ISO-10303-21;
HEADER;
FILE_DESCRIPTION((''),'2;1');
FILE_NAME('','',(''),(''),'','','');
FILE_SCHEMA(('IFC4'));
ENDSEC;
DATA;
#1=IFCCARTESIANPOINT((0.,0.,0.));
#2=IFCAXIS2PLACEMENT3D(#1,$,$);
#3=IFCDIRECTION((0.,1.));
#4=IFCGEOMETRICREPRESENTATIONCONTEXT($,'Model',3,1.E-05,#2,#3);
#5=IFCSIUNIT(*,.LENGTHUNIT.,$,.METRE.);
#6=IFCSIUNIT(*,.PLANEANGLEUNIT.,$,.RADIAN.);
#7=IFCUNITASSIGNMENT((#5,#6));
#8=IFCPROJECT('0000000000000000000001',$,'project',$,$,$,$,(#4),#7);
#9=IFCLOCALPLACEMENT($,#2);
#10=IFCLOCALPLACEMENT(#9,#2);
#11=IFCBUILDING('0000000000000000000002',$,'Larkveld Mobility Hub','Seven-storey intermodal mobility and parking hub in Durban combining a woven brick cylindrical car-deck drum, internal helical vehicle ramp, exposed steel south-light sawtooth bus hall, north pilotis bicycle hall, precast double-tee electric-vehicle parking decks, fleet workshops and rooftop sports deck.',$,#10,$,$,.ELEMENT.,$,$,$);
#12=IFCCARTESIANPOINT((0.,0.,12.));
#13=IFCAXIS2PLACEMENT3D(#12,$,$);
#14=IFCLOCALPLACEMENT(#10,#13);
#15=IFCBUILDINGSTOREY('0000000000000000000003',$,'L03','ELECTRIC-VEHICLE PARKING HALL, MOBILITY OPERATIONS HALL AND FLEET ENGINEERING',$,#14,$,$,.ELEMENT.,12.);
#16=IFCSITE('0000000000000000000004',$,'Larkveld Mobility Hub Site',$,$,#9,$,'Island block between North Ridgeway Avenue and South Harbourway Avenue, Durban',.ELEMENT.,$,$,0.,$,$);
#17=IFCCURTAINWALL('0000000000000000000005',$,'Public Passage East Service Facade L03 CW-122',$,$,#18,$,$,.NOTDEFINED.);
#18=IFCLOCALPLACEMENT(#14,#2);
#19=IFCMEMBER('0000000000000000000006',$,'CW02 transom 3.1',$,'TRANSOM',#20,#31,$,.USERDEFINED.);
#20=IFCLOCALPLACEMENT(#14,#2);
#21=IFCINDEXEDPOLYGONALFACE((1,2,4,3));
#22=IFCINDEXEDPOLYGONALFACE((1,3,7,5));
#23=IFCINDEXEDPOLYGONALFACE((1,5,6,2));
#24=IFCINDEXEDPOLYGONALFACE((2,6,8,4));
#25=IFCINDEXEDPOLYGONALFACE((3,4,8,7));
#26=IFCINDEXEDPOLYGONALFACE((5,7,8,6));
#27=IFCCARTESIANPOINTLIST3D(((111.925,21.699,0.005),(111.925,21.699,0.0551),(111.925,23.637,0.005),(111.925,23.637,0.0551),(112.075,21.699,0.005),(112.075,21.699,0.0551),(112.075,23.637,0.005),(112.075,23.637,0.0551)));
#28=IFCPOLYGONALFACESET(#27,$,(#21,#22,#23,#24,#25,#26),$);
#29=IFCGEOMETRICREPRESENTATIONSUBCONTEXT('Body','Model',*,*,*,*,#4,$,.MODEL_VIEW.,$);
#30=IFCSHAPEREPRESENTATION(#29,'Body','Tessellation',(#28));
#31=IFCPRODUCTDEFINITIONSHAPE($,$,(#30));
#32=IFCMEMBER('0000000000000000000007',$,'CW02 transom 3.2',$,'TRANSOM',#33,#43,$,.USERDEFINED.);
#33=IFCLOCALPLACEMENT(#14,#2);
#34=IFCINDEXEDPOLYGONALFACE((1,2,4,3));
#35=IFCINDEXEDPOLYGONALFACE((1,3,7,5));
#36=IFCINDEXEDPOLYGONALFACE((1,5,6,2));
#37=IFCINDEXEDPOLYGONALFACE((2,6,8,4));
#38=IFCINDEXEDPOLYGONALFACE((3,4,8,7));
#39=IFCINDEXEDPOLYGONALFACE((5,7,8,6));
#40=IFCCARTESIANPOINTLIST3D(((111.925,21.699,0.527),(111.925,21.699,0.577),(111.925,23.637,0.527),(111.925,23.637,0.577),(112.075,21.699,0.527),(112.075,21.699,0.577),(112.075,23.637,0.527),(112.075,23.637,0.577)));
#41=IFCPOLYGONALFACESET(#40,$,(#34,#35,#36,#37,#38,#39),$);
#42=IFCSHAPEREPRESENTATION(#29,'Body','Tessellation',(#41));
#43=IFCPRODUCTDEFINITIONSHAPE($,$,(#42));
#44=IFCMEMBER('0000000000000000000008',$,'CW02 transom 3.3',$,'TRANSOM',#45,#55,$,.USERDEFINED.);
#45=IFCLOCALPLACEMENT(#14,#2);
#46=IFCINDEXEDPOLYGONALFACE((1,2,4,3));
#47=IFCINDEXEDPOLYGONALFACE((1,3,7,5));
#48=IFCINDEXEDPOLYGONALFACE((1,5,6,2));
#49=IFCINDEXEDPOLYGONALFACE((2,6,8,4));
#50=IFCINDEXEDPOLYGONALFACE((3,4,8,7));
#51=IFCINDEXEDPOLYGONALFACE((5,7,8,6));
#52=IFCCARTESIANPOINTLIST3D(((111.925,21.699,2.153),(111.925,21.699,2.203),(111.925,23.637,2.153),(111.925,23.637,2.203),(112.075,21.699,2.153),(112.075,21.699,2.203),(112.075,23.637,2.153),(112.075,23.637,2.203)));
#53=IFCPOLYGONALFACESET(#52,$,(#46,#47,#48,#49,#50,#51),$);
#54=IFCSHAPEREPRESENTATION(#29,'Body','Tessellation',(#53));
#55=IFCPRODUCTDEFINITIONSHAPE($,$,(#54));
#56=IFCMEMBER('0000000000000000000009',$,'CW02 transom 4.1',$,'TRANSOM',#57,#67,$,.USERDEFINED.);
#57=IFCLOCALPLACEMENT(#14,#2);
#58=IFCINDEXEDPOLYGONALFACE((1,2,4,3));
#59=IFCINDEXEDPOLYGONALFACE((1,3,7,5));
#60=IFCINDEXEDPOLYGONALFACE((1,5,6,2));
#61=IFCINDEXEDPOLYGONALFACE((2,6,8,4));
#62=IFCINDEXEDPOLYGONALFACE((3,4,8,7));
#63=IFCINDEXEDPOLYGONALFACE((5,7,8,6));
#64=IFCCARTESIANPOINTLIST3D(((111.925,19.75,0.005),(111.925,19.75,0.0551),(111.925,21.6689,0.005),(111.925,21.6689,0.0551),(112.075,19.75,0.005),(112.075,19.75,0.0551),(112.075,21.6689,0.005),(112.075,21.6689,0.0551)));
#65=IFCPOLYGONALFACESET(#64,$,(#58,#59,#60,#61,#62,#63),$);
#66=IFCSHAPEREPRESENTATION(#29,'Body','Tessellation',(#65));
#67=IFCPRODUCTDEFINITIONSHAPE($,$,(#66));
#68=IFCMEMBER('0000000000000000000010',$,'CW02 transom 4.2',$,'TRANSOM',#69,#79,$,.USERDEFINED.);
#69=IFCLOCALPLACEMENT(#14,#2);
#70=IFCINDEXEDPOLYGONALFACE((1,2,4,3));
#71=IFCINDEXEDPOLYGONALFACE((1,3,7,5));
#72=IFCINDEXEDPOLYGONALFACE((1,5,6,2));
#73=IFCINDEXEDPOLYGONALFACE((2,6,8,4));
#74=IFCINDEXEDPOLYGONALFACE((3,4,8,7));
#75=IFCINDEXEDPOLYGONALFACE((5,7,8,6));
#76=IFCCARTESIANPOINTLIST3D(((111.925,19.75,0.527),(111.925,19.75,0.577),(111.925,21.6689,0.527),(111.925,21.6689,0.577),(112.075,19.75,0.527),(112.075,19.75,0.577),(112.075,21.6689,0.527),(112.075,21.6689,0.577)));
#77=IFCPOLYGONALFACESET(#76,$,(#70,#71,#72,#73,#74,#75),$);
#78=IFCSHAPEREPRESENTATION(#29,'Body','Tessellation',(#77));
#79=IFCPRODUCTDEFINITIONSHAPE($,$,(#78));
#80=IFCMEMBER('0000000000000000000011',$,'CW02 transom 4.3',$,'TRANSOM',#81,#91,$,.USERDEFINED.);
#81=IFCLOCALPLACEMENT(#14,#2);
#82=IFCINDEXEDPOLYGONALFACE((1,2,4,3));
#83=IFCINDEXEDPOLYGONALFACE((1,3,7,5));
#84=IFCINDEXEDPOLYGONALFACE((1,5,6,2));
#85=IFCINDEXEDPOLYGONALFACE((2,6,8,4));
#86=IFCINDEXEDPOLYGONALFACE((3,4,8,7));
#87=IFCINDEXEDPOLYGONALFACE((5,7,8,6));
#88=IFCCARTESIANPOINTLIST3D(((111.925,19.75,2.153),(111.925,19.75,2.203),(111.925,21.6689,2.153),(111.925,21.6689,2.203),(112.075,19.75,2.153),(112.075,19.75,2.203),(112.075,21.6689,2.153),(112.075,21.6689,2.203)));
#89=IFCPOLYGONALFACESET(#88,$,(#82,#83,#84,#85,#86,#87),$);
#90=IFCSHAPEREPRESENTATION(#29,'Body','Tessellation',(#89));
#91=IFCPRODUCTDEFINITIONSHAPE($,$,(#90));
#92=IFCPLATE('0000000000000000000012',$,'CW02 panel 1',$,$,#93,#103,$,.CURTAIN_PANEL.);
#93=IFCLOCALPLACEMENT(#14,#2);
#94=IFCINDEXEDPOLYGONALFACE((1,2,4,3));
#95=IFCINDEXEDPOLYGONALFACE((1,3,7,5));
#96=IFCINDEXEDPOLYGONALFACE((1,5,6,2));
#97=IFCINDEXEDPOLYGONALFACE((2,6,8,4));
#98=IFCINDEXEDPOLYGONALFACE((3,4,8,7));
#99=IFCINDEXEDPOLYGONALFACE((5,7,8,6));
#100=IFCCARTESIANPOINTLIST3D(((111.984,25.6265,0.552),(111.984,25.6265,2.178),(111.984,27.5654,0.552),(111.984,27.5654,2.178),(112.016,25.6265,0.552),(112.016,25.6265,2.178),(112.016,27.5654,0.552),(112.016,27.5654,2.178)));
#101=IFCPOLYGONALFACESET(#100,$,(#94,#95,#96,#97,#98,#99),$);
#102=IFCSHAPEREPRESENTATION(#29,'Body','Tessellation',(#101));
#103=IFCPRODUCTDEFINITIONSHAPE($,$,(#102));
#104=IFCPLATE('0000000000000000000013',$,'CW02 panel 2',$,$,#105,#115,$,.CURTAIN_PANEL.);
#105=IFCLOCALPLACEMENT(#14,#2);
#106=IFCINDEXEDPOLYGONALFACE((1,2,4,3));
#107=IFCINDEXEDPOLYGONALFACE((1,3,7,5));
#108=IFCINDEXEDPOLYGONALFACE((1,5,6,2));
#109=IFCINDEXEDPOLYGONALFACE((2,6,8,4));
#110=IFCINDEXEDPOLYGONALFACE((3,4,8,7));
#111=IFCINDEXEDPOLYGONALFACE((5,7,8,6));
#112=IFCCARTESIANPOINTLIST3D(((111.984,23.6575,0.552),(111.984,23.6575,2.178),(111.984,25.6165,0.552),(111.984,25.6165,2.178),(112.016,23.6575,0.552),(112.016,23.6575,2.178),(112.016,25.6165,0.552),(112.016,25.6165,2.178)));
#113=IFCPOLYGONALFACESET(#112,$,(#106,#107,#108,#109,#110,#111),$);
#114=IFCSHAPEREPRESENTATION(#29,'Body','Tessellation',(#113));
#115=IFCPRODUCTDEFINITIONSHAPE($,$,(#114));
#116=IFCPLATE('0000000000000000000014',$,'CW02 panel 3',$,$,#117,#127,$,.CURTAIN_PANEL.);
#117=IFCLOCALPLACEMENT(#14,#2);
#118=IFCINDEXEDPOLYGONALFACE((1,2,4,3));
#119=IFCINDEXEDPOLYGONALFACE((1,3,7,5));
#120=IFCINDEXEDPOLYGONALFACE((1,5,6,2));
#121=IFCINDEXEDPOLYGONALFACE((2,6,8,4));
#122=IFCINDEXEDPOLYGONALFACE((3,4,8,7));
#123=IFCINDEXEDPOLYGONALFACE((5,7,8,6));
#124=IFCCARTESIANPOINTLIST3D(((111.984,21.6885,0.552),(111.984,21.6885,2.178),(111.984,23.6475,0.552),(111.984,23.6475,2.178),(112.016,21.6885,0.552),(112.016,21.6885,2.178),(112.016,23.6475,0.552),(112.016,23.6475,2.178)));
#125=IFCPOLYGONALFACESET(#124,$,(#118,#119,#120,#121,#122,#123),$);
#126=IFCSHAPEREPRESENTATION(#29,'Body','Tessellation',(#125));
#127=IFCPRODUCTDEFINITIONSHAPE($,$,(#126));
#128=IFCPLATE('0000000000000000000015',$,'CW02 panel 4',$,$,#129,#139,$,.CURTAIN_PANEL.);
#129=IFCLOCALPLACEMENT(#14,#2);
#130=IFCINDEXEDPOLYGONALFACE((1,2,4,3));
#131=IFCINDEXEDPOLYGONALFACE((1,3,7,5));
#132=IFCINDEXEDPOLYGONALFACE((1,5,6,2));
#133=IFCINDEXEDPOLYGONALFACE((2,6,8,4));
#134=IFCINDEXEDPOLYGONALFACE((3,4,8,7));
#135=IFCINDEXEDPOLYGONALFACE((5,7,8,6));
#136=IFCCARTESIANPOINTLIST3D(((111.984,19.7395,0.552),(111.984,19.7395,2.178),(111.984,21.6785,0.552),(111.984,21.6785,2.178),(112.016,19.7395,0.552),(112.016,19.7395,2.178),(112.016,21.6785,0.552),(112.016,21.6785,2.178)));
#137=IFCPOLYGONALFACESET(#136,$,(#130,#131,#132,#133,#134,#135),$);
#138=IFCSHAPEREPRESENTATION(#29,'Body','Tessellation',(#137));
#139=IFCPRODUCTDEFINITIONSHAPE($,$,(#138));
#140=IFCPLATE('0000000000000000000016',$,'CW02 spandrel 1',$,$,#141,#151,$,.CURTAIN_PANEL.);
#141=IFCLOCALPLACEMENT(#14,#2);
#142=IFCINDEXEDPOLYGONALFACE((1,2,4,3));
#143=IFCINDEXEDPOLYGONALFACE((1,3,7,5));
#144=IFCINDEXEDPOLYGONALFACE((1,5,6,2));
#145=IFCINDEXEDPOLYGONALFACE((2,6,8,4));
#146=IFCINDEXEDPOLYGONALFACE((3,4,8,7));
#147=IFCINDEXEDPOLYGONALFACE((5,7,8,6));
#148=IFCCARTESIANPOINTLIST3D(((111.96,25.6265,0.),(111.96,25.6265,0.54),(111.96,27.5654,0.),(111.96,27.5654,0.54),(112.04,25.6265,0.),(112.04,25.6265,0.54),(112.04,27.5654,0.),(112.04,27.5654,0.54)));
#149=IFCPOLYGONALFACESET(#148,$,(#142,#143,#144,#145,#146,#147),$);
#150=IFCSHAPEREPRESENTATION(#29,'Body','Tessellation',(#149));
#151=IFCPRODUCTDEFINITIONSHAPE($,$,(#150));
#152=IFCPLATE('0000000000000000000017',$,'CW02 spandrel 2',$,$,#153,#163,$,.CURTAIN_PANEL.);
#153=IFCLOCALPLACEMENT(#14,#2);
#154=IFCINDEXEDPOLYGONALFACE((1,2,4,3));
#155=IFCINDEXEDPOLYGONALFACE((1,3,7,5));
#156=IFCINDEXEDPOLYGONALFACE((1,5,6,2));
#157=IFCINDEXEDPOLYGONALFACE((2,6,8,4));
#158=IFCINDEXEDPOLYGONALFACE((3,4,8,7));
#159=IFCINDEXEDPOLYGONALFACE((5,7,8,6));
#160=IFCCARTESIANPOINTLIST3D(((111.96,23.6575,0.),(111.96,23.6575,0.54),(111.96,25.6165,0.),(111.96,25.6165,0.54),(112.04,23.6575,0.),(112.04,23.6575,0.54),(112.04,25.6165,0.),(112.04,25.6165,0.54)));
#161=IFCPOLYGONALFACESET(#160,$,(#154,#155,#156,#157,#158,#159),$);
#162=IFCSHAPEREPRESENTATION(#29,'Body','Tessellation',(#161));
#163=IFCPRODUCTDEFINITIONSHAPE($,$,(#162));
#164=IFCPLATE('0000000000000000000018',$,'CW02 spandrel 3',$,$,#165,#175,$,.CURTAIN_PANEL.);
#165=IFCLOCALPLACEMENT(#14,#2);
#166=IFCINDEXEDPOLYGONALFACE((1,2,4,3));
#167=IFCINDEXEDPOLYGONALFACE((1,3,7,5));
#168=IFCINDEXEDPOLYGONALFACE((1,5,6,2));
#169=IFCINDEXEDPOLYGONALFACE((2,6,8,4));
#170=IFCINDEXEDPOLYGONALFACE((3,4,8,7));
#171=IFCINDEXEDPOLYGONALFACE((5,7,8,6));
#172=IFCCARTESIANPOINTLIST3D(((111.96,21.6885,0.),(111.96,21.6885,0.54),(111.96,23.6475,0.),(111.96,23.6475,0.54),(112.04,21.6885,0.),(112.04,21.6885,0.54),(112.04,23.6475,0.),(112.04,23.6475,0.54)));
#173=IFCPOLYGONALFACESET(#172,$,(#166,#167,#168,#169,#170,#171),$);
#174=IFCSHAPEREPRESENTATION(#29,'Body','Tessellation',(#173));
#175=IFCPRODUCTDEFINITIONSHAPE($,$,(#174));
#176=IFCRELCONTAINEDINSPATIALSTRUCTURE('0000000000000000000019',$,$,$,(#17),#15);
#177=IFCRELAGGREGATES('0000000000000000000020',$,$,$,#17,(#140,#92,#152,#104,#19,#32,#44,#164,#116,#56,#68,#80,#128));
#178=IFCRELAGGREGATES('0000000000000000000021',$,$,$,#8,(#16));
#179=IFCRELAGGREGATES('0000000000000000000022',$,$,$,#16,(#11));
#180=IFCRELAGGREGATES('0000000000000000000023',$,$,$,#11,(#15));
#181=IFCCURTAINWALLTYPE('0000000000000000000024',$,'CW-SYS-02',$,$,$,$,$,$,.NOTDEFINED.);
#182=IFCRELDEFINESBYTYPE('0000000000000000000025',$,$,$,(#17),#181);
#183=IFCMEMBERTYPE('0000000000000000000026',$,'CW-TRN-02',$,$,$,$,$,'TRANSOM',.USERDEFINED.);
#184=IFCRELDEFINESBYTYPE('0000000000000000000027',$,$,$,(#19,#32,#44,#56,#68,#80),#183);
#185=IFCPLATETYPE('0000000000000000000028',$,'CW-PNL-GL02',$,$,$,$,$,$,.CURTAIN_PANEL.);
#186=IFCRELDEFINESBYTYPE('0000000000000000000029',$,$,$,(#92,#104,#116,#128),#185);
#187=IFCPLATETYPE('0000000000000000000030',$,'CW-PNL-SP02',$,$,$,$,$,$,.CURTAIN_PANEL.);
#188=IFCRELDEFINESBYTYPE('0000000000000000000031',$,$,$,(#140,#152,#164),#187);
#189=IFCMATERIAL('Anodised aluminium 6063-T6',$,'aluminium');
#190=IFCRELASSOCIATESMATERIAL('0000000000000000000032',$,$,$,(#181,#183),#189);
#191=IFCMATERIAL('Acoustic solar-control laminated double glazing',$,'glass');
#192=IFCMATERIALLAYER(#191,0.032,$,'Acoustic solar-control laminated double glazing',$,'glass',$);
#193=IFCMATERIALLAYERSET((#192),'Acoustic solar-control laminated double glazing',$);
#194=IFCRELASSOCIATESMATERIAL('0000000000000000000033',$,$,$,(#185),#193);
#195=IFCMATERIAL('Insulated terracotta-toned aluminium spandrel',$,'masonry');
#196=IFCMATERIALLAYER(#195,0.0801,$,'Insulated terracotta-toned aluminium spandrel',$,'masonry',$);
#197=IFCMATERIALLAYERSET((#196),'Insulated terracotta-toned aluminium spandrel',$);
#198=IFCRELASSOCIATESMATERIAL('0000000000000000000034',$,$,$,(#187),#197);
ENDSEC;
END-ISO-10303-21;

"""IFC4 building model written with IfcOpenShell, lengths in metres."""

from ifc_helpers import new_model, si_unit, direction, frame, origin, origin_2d, place, context, subcontext, project, spatial, rectangle, extrude, material, layer, layer_set, material_profile, profile_set, type_object, element, aggregate, save


model = new_model("IFC4")

# Units and contexts
model_context = context("Model", 3, precision=1e-05, world=origin(), true_north=direction((0.0, 1.0)))
body_context = subcontext(model_context, "Body", "Model", "MODEL_VIEW")
ifc_project = project(units=[si_unit("LENGTHUNIT", "METRE"), si_unit("PLANEANGLEUNIT", "RADIAN")], contexts=[model_context])

# Site, building, storey
site_placement = place(None, origin())
site = spatial("IfcSite", under=ifc_project, at=site_placement, Name="Larkveld Mobility Hub Site", LongName="Island block between North Ridgeway Avenue and South Harbourway Avenue, Durban", CompositionType="ELEMENT", RefElevation=0.0)
building_placement = place(site_placement, origin())
building = spatial("IfcBuilding", under=site, at=building_placement, Name="Larkveld Mobility Hub", Description="Seven-storey intermodal mobility and parking hub in Durban combining a woven brick cylindrical car-deck drum, internal helical vehicle ramp, exposed steel south-light sawtooth bus hall, north pilotis bicycle hall, precast double-tee electric-vehicle parking decks, fleet workshops and rooftop sports deck.", CompositionType="ELEMENT")
storey_placement = place(building_placement, frame((0.0, 0.0, 12.0)))
storey = spatial("IfcBuildingStorey", under=building, at=storey_placement, Name="L03", Description="ELECTRIC-VEHICLE PARKING HALL, MOBILITY OPERATIONS HALL AND FLEET ENGINEERING", CompositionType="ELEMENT", Elevation=12.0)

# Curtain wall
ifc_material_1 = material(Name="Anodised aluminium 6063-T6", Category="aluminium")
curtain_wall_type_1 = type_object("IfcCurtainWallType", Name="CW-SYS-02", PredefinedType="NOTDEFINED", material=ifc_material_1)
curtain_wall_1_placement = place(storey_placement, origin())
curtain_wall_1 = element("IfcCurtainWall", 1, at=curtain_wall_1_placement, inside=storey, type_object=curtain_wall_type_1, Name="Public Passage East Service Facade L03 CW-122", PredefinedType="NOTDEFINED")

# Members
ifc_material_profile_1 = material_profile(ifc_material_1, rectangle(XDim=0.1499, YDim=0.05, at=origin_2d()), Name="ALU TRAN 50x150")
ifc_profile_set_1 = profile_set([ifc_material_profile_1], Name="Anodised aluminium 6063-T6")
member_type_1 = type_object("IfcMemberType", Name="CW-TRN-02", ElementType="TRANSOM", PredefinedType="USERDEFINED", material=ifc_profile_set_1)
member_1_placement = place(storey_placement, frame((112.0, 23.637, 0.03), z_axis=(0.0, -1.0, 0.0), x_axis=(1.0, 0.0, 0.0)))
member_1 = element("IfcMember", 2, at=member_1_placement, type_object=member_type_1, Name="CW02 transom 3.1", ObjectType="TRANSOM", PredefinedType="USERDEFINED", context=body_context, shape_type="SweptSolid", body=[
    extrude(rectangle(XDim=0.1499, YDim=0.05, at=origin_2d()), origin(), (0.0, 0.0, 1.0), 1.938),
])
member_2_placement = place(storey_placement, frame((112.0, 23.637, 0.552), z_axis=(0.0, -1.0, 0.0), x_axis=(1.0, 0.0, 0.0)))
member_2 = element("IfcMember", 3, at=member_2_placement, type_object=member_type_1, Name="CW02 transom 3.2", ObjectType="TRANSOM", PredefinedType="USERDEFINED", context=body_context, shape_type="SweptSolid", body=[
    extrude(rectangle(XDim=0.1499, YDim=0.05, at=origin_2d()), origin(), (0.0, 0.0, 1.0), 1.938),
])
member_3_placement = place(storey_placement, frame((112.0, 23.637, 2.178), z_axis=(0.0, -1.0, 0.0), x_axis=(1.0, 0.0, 0.0)))
member_3 = element("IfcMember", 4, at=member_3_placement, type_object=member_type_1, Name="CW02 transom 3.3", ObjectType="TRANSOM", PredefinedType="USERDEFINED", context=body_context, shape_type="SweptSolid", body=[
    extrude(rectangle(XDim=0.1499, YDim=0.05, at=origin_2d()), origin(), (0.0, 0.0, 1.0), 1.938),
])
member_4_placement = place(storey_placement, frame((112.0, 21.6689, 0.03), z_axis=(0.0, -1.0, 0.0), x_axis=(1.0, 0.0, 0.0)))
member_4 = element("IfcMember", 5, at=member_4_placement, type_object=member_type_1, Name="CW02 transom 4.1", ObjectType="TRANSOM", PredefinedType="USERDEFINED", context=body_context, shape_type="SweptSolid", body=[
    extrude(rectangle(XDim=0.1499, YDim=0.05, at=origin_2d()), origin(), (0.0, 0.0, 1.0), 1.9189),
])
member_5_placement = place(storey_placement, frame((112.0, 21.6689, 0.552), z_axis=(0.0, -1.0, 0.0), x_axis=(1.0, 0.0, 0.0)))
member_5 = element("IfcMember", 6, at=member_5_placement, type_object=member_type_1, Name="CW02 transom 4.2", ObjectType="TRANSOM", PredefinedType="USERDEFINED", context=body_context, shape_type="SweptSolid", body=[
    extrude(rectangle(XDim=0.1499, YDim=0.05, at=origin_2d()), origin(), (0.0, 0.0, 1.0), 1.9189),
])
member_6_placement = place(storey_placement, frame((112.0, 21.6689, 2.178), z_axis=(0.0, -1.0, 0.0), x_axis=(1.0, 0.0, 0.0)))
member_6 = element("IfcMember", 7, at=member_6_placement, type_object=member_type_1, Name="CW02 transom 4.3", ObjectType="TRANSOM", PredefinedType="USERDEFINED", context=body_context, shape_type="SweptSolid", body=[
    extrude(rectangle(XDim=0.1499, YDim=0.05, at=origin_2d()), origin(), (0.0, 0.0, 1.0), 1.9189),
])

# Plates
ifc_material_2 = material(Name="Acoustic solar-control laminated double glazing", Category="glass")
ifc_layer_1 = layer(ifc_material_2, 0.032, Name="Acoustic solar-control laminated double glazing", Category="glass")
ifc_layer_set_1 = layer_set([ifc_layer_1], Name="Acoustic solar-control laminated double glazing")
plate_type_1 = type_object("IfcPlateType", Name="CW-PNL-GL02", PredefinedType="CURTAIN_PANEL", material=ifc_layer_set_1)
plate_1_placement = place(storey_placement, frame((112.0, 26.5959, 0.552), z_axis=(0.0, 0.0, 1.0), x_axis=(0.0, -1.0, 0.0)))
plate_1 = element("IfcPlate", 8, at=plate_1_placement, type_object=plate_type_1, Name="CW02 panel 1", PredefinedType="CURTAIN_PANEL", context=body_context, shape_type="SweptSolid", body=[
    extrude(rectangle(XDim=1.939, YDim=0.032, at=origin_2d()), origin(), (0.0, 0.0, 1.0), 1.626),
])
plate_2_placement = place(storey_placement, frame((112.0, 24.637, 0.552), z_axis=(0.0, 0.0, 1.0), x_axis=(0.0, -1.0, 0.0)))
plate_2 = element("IfcPlate", 9, at=plate_2_placement, type_object=plate_type_1, Name="CW02 panel 2", PredefinedType="CURTAIN_PANEL", context=body_context, shape_type="SweptSolid", body=[
    extrude(rectangle(XDim=1.959, YDim=0.032, at=origin_2d()), origin(), (0.0, 0.0, 1.0), 1.626),
])
plate_3_placement = place(storey_placement, frame((112.0, 22.668, 0.552), z_axis=(0.0, 0.0, 1.0), x_axis=(0.0, -1.0, 0.0)))
plate_3 = element("IfcPlate", 10, at=plate_3_placement, type_object=plate_type_1, Name="CW02 panel 3", PredefinedType="CURTAIN_PANEL", context=body_context, shape_type="SweptSolid", body=[
    extrude(rectangle(XDim=1.959, YDim=0.032, at=origin_2d()), origin(), (0.0, 0.0, 1.0), 1.626),
])
plate_4_placement = place(storey_placement, frame((112.0, 20.709, 0.552), z_axis=(0.0, 0.0, 1.0), x_axis=(0.0, -1.0, 0.0)))
plate_4 = element("IfcPlate", 11, at=plate_4_placement, type_object=plate_type_1, Name="CW02 panel 4", PredefinedType="CURTAIN_PANEL", context=body_context, shape_type="SweptSolid", body=[
    extrude(rectangle(XDim=1.939, YDim=0.032, at=origin_2d()), origin(), (0.0, 0.0, 1.0), 1.626),
])
ifc_material_3 = material(Name="Insulated terracotta-toned aluminium spandrel", Category="masonry")
ifc_layer_2 = layer(ifc_material_3, 0.0801, Name="Insulated terracotta-toned aluminium spandrel", Category="masonry")
ifc_layer_set_2 = layer_set([ifc_layer_2], Name="Insulated terracotta-toned aluminium spandrel")
plate_type_2 = type_object("IfcPlateType", Name="CW-PNL-SP02", PredefinedType="CURTAIN_PANEL", material=ifc_layer_set_2)
plate_5_placement = place(storey_placement, frame((112.0, 26.5959, 0.0), z_axis=(0.0, 0.0, 1.0), x_axis=(0.0, -1.0, 0.0)))
plate_5 = element("IfcPlate", 12, at=plate_5_placement, type_object=plate_type_2, Name="CW02 spandrel 1", PredefinedType="CURTAIN_PANEL", context=body_context, shape_type="SweptSolid", body=[
    extrude(rectangle(XDim=1.939, YDim=0.0801, at=origin_2d()), origin(), (0.0, 0.0, 1.0), 0.54),
])
plate_6_placement = place(storey_placement, frame((112.0, 24.637, 0.0), z_axis=(0.0, 0.0, 1.0), x_axis=(0.0, -1.0, 0.0)))
plate_6 = element("IfcPlate", 13, at=plate_6_placement, type_object=plate_type_2, Name="CW02 spandrel 2", PredefinedType="CURTAIN_PANEL", context=body_context, shape_type="SweptSolid", body=[
    extrude(rectangle(XDim=1.959, YDim=0.0801, at=origin_2d()), origin(), (0.0, 0.0, 1.0), 0.54),
])
plate_7_placement = place(storey_placement, frame((112.0, 22.668, 0.0), z_axis=(0.0, 0.0, 1.0), x_axis=(0.0, -1.0, 0.0)))
plate_7 = element("IfcPlate", 14, at=plate_7_placement, type_object=plate_type_2, Name="CW02 spandrel 3", PredefinedType="CURTAIN_PANEL", context=body_context, shape_type="SweptSolid", body=[
    extrude(rectangle(XDim=1.959, YDim=0.0801, at=origin_2d()), origin(), (0.0, 0.0, 1.0), 0.54),
])
aggregate(curtain_wall_1, [plate_5, plate_1, plate_6, plate_2, member_1, member_2, member_3, plate_7, plate_3, member_4, member_5, member_6, plate_4])

save(model, "model.ifc")
